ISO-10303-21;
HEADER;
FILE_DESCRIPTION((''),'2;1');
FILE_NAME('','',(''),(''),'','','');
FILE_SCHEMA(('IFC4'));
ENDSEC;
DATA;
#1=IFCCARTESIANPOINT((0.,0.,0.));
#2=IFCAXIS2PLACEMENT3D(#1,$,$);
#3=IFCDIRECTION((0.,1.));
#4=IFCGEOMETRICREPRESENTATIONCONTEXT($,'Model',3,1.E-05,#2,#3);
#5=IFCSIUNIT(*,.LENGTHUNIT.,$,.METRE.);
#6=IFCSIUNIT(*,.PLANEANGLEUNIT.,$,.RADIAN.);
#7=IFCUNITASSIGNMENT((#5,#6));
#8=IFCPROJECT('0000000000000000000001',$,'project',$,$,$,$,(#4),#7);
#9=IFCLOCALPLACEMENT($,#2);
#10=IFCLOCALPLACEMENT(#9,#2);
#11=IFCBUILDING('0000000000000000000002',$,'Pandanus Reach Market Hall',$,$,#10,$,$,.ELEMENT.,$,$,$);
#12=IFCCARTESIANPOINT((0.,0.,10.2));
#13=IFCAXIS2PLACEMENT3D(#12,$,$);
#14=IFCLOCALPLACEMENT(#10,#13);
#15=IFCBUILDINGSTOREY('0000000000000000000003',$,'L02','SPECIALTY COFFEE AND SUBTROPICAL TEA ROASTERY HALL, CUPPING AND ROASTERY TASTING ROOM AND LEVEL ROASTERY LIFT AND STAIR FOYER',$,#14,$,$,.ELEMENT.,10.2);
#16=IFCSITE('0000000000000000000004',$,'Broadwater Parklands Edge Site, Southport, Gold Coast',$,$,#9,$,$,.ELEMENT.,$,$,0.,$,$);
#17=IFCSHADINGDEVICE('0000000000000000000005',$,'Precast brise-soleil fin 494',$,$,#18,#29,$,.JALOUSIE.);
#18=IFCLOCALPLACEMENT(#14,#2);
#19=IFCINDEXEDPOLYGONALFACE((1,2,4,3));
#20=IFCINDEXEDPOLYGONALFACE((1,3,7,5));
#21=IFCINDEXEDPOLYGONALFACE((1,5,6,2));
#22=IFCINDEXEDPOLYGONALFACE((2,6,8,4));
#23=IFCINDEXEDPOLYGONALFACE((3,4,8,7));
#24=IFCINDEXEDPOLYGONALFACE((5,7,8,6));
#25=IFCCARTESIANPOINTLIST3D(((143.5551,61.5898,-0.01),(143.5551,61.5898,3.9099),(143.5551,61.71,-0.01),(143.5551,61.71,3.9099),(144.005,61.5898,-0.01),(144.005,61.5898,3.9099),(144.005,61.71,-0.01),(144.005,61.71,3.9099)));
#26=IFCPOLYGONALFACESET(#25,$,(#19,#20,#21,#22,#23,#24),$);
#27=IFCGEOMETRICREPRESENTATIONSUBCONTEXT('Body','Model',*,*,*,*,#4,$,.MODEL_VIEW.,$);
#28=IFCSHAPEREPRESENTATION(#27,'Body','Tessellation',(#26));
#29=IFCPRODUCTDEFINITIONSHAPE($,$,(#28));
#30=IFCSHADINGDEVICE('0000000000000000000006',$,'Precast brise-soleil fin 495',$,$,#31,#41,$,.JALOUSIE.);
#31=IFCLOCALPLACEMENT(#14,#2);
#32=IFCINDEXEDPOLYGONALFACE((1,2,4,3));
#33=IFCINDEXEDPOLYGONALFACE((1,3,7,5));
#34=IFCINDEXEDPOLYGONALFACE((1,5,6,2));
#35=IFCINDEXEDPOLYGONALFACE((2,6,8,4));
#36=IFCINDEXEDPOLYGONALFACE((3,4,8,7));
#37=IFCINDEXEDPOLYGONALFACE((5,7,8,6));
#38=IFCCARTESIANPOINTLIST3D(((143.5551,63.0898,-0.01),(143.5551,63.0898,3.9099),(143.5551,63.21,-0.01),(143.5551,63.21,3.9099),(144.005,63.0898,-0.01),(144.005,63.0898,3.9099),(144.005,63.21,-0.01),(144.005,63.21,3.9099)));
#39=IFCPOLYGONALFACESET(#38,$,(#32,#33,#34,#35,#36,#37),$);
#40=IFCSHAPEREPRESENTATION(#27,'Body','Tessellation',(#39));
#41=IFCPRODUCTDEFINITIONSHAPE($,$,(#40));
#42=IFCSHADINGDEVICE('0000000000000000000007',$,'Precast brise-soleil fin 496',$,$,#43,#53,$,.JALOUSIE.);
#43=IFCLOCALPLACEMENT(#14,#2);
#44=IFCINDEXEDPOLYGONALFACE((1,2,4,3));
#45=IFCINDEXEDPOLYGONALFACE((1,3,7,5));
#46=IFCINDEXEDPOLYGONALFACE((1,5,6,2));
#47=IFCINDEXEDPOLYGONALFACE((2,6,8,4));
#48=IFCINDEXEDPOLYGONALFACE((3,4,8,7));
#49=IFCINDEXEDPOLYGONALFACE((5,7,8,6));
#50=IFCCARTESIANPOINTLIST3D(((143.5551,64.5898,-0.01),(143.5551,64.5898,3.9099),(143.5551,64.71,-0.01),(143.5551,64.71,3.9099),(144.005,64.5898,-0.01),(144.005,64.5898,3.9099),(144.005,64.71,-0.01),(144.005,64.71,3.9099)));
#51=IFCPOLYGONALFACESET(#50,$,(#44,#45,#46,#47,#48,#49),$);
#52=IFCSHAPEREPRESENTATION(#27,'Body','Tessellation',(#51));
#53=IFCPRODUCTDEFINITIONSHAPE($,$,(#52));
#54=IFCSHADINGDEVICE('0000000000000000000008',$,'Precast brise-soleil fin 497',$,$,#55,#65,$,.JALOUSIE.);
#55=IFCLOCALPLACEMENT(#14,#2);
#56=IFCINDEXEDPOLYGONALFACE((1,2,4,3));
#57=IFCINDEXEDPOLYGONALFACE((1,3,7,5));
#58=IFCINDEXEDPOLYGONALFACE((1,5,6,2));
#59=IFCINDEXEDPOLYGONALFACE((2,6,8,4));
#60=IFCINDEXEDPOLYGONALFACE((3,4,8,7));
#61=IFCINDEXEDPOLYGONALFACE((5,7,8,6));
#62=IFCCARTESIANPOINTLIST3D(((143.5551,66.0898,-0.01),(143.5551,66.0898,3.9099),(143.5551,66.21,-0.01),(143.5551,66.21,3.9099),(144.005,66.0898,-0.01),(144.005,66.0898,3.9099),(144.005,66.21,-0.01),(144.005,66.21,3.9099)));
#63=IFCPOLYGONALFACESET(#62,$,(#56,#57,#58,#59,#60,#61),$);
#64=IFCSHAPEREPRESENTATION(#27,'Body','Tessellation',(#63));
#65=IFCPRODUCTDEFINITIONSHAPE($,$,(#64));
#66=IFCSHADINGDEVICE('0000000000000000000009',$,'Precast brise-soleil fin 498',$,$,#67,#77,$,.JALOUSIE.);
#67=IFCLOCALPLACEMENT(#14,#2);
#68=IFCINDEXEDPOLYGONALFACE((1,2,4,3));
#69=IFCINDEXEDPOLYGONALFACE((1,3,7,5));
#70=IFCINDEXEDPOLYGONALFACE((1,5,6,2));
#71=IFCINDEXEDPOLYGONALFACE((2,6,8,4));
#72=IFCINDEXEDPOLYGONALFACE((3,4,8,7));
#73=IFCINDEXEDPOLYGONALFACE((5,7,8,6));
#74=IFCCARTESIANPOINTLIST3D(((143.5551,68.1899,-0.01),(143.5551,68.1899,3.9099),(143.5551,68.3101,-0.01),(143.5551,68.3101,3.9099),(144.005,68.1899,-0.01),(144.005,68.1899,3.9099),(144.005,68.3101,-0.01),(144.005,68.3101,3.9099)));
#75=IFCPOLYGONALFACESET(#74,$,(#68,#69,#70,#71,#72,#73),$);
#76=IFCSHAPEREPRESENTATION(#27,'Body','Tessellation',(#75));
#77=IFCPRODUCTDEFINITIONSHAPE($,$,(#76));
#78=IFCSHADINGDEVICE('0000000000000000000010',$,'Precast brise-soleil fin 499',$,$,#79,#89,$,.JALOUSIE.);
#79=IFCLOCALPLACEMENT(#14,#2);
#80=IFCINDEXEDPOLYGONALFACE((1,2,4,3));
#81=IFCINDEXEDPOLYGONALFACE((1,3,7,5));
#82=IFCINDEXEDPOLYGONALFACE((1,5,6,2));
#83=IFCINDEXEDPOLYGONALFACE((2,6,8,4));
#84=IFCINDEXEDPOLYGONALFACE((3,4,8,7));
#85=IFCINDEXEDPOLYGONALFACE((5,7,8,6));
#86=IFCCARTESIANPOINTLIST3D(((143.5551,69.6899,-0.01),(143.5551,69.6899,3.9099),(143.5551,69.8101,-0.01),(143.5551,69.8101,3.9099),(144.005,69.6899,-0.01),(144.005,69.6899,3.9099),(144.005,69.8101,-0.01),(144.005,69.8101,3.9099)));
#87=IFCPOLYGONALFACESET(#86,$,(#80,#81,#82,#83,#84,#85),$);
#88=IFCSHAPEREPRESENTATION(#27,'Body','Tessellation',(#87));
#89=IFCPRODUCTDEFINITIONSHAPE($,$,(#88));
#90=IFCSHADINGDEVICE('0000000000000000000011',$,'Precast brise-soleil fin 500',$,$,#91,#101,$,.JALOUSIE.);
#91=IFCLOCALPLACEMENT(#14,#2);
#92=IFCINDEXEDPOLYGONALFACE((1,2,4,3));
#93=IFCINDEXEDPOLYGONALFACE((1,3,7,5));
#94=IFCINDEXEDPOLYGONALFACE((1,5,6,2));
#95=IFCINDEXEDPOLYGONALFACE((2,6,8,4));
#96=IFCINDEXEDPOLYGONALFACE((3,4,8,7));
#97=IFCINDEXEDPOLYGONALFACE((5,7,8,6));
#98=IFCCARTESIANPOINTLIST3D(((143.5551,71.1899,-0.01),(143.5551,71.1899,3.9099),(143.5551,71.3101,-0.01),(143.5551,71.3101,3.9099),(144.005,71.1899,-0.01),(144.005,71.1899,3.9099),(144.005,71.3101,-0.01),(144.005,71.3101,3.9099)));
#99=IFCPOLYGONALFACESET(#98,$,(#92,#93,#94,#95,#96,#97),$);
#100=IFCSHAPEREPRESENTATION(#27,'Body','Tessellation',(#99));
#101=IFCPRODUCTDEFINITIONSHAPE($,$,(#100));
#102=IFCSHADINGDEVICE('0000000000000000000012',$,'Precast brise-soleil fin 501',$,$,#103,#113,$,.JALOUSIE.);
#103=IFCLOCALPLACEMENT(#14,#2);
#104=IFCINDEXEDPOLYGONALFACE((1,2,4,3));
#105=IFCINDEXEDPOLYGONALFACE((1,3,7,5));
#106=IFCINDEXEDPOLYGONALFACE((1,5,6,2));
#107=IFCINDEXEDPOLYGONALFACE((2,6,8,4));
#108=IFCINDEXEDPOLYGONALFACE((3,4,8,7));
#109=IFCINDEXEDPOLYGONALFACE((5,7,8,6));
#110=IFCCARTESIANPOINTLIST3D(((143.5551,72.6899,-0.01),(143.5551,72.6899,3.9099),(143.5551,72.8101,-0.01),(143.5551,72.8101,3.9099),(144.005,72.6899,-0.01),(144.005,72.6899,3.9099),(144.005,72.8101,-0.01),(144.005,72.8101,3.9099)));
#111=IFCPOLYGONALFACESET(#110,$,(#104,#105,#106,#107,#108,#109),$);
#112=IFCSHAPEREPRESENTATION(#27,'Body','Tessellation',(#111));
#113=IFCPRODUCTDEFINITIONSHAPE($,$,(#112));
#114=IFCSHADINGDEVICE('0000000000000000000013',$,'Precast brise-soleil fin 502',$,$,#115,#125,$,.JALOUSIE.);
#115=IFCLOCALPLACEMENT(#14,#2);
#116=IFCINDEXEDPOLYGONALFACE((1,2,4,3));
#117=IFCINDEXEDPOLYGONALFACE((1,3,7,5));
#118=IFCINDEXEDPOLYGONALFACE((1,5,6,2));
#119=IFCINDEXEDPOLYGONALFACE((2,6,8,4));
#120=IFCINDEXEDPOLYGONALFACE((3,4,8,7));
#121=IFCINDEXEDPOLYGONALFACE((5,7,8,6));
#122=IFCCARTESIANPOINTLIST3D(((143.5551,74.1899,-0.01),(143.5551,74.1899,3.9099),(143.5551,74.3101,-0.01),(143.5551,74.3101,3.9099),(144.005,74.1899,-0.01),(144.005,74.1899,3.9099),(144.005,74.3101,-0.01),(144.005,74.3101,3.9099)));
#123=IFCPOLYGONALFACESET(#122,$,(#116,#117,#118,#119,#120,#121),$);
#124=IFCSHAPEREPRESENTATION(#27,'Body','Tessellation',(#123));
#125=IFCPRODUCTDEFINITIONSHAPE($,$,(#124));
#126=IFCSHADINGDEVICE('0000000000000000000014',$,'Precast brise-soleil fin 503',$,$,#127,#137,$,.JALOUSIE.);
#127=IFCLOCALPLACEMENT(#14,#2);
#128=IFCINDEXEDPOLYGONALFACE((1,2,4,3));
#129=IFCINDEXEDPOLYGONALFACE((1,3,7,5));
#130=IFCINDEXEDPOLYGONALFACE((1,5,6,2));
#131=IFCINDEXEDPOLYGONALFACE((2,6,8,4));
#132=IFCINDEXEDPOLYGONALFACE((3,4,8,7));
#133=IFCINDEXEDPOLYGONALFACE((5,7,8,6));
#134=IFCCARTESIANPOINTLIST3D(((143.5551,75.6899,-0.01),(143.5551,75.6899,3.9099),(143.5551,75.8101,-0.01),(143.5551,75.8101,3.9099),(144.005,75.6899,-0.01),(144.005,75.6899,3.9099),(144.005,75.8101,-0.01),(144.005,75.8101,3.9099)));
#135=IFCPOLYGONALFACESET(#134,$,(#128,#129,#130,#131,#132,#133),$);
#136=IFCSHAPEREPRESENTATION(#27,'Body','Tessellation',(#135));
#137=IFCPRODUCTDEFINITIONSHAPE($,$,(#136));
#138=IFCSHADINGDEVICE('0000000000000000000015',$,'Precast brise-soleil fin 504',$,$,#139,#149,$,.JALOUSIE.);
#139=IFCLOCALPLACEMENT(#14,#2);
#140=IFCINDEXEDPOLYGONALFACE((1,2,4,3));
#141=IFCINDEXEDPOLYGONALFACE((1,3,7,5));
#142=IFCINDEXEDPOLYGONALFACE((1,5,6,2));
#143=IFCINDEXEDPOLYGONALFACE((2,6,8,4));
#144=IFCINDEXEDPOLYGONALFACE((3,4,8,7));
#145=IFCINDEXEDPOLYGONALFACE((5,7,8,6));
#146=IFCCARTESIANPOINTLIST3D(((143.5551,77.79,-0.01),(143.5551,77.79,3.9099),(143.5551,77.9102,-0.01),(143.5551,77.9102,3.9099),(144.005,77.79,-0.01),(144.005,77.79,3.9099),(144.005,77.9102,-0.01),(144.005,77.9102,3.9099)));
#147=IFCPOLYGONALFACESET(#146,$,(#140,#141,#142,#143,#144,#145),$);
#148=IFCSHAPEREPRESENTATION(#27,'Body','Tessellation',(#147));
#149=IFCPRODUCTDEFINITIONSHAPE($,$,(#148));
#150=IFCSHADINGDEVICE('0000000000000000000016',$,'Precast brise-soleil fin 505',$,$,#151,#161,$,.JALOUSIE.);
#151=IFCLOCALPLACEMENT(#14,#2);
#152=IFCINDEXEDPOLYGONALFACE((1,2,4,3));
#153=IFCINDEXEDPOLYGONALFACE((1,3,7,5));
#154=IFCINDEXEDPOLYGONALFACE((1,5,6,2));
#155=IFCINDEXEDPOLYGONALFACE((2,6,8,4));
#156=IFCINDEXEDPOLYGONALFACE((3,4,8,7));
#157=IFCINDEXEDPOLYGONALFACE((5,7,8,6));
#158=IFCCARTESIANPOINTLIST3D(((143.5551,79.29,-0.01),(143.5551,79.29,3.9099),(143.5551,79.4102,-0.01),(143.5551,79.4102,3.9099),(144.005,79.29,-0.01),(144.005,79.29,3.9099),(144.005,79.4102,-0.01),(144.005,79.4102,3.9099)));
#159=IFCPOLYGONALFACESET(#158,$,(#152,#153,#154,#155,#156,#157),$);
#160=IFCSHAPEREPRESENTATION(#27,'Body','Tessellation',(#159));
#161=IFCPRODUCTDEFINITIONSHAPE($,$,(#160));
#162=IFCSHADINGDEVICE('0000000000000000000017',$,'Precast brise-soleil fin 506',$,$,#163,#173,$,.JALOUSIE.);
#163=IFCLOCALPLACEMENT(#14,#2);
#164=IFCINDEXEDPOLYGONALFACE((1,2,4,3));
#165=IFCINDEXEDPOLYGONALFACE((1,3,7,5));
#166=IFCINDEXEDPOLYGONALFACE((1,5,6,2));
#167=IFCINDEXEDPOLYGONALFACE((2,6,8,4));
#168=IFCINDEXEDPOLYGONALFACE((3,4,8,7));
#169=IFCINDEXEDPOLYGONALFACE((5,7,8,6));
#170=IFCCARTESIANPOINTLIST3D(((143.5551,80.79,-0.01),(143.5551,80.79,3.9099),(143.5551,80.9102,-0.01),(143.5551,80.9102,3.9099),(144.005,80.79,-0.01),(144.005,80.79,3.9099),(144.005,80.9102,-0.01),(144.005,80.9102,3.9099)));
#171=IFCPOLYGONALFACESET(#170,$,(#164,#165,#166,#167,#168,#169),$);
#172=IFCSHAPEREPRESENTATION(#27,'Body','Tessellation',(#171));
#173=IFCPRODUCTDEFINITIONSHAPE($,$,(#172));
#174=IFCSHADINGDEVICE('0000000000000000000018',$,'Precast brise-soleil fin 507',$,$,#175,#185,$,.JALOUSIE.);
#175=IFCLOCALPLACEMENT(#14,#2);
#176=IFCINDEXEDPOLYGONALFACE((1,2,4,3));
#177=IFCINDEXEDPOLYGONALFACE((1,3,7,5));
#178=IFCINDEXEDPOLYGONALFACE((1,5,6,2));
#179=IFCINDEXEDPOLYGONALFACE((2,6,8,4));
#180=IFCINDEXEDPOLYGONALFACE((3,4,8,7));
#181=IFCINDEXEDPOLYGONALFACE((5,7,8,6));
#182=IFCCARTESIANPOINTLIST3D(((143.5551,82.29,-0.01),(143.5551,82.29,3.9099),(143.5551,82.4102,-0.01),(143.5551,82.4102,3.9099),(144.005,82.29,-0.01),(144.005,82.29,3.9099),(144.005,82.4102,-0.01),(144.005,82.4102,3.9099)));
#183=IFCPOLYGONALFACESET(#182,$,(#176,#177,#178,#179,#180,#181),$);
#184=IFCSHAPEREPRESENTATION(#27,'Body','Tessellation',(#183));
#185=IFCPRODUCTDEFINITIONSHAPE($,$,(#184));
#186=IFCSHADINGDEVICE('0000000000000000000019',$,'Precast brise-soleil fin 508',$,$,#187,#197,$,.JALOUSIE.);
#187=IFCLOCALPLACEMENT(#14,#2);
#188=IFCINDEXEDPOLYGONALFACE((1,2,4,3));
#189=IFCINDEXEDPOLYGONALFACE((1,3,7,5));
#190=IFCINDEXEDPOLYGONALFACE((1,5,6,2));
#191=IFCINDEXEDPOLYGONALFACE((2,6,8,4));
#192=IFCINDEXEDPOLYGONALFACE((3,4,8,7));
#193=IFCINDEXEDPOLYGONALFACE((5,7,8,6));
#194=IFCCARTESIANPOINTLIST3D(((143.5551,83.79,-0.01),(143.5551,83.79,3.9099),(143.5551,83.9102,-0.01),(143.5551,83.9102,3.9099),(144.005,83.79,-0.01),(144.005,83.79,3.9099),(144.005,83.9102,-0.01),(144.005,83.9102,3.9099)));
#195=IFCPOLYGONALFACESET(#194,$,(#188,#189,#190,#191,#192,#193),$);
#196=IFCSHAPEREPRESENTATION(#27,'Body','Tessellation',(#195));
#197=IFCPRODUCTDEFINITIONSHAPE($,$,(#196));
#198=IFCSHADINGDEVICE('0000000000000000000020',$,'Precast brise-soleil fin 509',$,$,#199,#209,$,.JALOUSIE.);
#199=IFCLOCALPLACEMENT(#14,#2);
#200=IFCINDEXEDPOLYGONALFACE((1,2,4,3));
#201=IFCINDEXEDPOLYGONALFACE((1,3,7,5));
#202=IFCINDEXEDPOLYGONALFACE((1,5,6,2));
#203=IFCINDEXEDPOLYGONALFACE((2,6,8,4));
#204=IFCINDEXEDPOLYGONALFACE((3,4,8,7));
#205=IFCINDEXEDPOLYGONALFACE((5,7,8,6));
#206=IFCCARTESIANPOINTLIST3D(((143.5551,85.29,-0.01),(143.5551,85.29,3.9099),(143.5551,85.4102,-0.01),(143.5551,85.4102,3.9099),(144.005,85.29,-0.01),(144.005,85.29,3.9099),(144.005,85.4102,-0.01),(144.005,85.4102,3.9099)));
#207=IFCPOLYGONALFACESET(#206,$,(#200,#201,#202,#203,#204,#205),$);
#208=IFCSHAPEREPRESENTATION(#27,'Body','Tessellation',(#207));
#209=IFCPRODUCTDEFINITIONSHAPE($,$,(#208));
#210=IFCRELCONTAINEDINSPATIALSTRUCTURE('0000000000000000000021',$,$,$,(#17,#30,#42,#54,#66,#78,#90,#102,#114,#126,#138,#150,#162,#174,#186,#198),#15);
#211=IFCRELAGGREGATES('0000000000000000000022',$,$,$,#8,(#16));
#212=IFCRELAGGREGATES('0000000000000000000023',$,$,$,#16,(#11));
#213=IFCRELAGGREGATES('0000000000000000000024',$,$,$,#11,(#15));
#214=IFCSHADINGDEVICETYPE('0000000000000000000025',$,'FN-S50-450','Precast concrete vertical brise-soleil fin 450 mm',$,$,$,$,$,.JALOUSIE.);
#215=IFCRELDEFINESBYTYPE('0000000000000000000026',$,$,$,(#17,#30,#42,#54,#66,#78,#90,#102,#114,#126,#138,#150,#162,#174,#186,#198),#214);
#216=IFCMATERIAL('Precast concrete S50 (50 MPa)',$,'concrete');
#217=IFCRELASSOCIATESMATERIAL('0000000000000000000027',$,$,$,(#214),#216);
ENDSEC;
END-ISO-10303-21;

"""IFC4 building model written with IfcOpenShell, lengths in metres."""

from ifc_helpers import new_model, si_unit, direction, frame, origin, origin_2d, place, context, subcontext, project, spatial, rectangle, extrude, material, type_object, element, save


model = new_model("IFC4")

# Units and contexts
model_context = context("Model", 3, precision=1e-05, world=origin(), true_north=direction((0.0, 1.0)))
body_context = subcontext(model_context, "Body", "Model", "MODEL_VIEW")
ifc_project = project(units=[si_unit("LENGTHUNIT", "METRE"), si_unit("PLANEANGLEUNIT", "RADIAN")], contexts=[model_context])

# Site, building, storey
site_placement = place(None, origin())
site = spatial("IfcSite", under=ifc_project, at=site_placement, Name="Broadwater Parklands Edge Site, Southport, Gold Coast", CompositionType="ELEMENT", RefElevation=0.0)
building_placement = place(site_placement, origin())
building = spatial("IfcBuilding", under=site, at=building_placement, Name="Pandanus Reach Market Hall", CompositionType="ELEMENT")
storey_placement = place(building_placement, frame((0.0, 0.0, 10.2)))
storey = spatial("IfcBuildingStorey", under=building, at=storey_placement, Name="L02", Description="SPECIALTY COFFEE AND SUBTROPICAL TEA ROASTERY HALL, CUPPING AND ROASTERY TASTING ROOM AND LEVEL ROASTERY LIFT AND STAIR FOYER", CompositionType="ELEMENT", Elevation=10.2)

# Shared definitions
ifc_material_1 = material(Name="Precast concrete S50 (50 MPa)", Category="concrete")

# Shading devices
shading_device_type = type_object("IfcShadingDeviceType", Name="FN-S50-450", Description="Precast concrete vertical brise-soleil fin 450 mm", PredefinedType="JALOUSIE", material=ifc_material_1)
for number, where, z_axis, x_axis, name in (
    (1, (143.78, 61.6499, -0.01), (0.0, 0.0, 1.0), (-1.0, 0.0, 0.0), "Precast brise-soleil fin 494"),
    (2, (143.78, 63.1499, -0.01), (0.0, 0.0, 1.0), (-1.0, 0.0, 0.0), "Precast brise-soleil fin 495"),
    (3, (143.78, 64.6499, -0.01), (0.0, 0.0, 1.0), (-1.0, 0.0, 0.0), "Precast brise-soleil fin 496"),
    (4, (143.78, 66.1499, -0.01), (0.0, 0.0, 1.0), (-1.0, 0.0, 0.0), "Precast brise-soleil fin 497"),
    (5, (143.78, 68.25, -0.01), (0.0, 0.0, 1.0), (-1.0, 0.0, 0.0), "Precast brise-soleil fin 498"),
    (6, (143.78, 69.75, -0.01), (0.0, 0.0, 1.0), (-1.0, 0.0, 0.0), "Precast brise-soleil fin 499"),
    (7, (143.78, 71.25, -0.01), (0.0, 0.0, 1.0), (-1.0, 0.0, 0.0), "Precast brise-soleil fin 500"),
    (8, (143.78, 72.75, -0.01), (0.0, 0.0, 1.0), (-1.0, 0.0, 0.0), "Precast brise-soleil fin 501"),
    (9, (143.78, 74.25, -0.01), (0.0, 0.0, 1.0), (-1.0, 0.0, 0.0), "Precast brise-soleil fin 502"),
    (10, (143.78, 75.75, -0.01), (0.0, 0.0, 1.0), (-1.0, 0.0, 0.0), "Precast brise-soleil fin 503"),
    (11, (143.78, 77.8501, -0.01), (0.0, 0.0, 1.0), (-1.0, 0.0, 0.0), "Precast brise-soleil fin 504"),
    (12, (143.78, 79.3501, -0.01), (0.0, 0.0, 1.0), (-1.0, 0.0, 0.0), "Precast brise-soleil fin 505"),
    (13, (143.78, 80.8501, -0.01), (0.0, 0.0, 1.0), (-1.0, 0.0, 0.0), "Precast brise-soleil fin 506"),
    (14, (143.78, 82.3501, -0.01), (0.0, 0.0, 1.0), (-1.0, 0.0, 0.0), "Precast brise-soleil fin 507"),
    (15, (143.78, 83.8501, -0.01), (0.0, 0.0, 1.0), (-1.0, 0.0, 0.0), "Precast brise-soleil fin 508"),
    (16, (143.78, 85.3501, -0.01), (0.0, 0.0, 1.0), (-1.0, 0.0, 0.0), "Precast brise-soleil fin 509"),
):
    element("IfcShadingDevice", number, at=place(storey_placement, frame(where, z_axis=z_axis, x_axis=x_axis)), inside=storey, type_object=shading_device_type, Name=name, PredefinedType="JALOUSIE", context=body_context, shape_type="SweptSolid", body=[
        extrude(rectangle(XDim=0.45, YDim=0.1201, at=origin_2d()), origin(), (0.0, 0.0, 1.0), 3.9199),
    ])

save(model, "model.ifc")
